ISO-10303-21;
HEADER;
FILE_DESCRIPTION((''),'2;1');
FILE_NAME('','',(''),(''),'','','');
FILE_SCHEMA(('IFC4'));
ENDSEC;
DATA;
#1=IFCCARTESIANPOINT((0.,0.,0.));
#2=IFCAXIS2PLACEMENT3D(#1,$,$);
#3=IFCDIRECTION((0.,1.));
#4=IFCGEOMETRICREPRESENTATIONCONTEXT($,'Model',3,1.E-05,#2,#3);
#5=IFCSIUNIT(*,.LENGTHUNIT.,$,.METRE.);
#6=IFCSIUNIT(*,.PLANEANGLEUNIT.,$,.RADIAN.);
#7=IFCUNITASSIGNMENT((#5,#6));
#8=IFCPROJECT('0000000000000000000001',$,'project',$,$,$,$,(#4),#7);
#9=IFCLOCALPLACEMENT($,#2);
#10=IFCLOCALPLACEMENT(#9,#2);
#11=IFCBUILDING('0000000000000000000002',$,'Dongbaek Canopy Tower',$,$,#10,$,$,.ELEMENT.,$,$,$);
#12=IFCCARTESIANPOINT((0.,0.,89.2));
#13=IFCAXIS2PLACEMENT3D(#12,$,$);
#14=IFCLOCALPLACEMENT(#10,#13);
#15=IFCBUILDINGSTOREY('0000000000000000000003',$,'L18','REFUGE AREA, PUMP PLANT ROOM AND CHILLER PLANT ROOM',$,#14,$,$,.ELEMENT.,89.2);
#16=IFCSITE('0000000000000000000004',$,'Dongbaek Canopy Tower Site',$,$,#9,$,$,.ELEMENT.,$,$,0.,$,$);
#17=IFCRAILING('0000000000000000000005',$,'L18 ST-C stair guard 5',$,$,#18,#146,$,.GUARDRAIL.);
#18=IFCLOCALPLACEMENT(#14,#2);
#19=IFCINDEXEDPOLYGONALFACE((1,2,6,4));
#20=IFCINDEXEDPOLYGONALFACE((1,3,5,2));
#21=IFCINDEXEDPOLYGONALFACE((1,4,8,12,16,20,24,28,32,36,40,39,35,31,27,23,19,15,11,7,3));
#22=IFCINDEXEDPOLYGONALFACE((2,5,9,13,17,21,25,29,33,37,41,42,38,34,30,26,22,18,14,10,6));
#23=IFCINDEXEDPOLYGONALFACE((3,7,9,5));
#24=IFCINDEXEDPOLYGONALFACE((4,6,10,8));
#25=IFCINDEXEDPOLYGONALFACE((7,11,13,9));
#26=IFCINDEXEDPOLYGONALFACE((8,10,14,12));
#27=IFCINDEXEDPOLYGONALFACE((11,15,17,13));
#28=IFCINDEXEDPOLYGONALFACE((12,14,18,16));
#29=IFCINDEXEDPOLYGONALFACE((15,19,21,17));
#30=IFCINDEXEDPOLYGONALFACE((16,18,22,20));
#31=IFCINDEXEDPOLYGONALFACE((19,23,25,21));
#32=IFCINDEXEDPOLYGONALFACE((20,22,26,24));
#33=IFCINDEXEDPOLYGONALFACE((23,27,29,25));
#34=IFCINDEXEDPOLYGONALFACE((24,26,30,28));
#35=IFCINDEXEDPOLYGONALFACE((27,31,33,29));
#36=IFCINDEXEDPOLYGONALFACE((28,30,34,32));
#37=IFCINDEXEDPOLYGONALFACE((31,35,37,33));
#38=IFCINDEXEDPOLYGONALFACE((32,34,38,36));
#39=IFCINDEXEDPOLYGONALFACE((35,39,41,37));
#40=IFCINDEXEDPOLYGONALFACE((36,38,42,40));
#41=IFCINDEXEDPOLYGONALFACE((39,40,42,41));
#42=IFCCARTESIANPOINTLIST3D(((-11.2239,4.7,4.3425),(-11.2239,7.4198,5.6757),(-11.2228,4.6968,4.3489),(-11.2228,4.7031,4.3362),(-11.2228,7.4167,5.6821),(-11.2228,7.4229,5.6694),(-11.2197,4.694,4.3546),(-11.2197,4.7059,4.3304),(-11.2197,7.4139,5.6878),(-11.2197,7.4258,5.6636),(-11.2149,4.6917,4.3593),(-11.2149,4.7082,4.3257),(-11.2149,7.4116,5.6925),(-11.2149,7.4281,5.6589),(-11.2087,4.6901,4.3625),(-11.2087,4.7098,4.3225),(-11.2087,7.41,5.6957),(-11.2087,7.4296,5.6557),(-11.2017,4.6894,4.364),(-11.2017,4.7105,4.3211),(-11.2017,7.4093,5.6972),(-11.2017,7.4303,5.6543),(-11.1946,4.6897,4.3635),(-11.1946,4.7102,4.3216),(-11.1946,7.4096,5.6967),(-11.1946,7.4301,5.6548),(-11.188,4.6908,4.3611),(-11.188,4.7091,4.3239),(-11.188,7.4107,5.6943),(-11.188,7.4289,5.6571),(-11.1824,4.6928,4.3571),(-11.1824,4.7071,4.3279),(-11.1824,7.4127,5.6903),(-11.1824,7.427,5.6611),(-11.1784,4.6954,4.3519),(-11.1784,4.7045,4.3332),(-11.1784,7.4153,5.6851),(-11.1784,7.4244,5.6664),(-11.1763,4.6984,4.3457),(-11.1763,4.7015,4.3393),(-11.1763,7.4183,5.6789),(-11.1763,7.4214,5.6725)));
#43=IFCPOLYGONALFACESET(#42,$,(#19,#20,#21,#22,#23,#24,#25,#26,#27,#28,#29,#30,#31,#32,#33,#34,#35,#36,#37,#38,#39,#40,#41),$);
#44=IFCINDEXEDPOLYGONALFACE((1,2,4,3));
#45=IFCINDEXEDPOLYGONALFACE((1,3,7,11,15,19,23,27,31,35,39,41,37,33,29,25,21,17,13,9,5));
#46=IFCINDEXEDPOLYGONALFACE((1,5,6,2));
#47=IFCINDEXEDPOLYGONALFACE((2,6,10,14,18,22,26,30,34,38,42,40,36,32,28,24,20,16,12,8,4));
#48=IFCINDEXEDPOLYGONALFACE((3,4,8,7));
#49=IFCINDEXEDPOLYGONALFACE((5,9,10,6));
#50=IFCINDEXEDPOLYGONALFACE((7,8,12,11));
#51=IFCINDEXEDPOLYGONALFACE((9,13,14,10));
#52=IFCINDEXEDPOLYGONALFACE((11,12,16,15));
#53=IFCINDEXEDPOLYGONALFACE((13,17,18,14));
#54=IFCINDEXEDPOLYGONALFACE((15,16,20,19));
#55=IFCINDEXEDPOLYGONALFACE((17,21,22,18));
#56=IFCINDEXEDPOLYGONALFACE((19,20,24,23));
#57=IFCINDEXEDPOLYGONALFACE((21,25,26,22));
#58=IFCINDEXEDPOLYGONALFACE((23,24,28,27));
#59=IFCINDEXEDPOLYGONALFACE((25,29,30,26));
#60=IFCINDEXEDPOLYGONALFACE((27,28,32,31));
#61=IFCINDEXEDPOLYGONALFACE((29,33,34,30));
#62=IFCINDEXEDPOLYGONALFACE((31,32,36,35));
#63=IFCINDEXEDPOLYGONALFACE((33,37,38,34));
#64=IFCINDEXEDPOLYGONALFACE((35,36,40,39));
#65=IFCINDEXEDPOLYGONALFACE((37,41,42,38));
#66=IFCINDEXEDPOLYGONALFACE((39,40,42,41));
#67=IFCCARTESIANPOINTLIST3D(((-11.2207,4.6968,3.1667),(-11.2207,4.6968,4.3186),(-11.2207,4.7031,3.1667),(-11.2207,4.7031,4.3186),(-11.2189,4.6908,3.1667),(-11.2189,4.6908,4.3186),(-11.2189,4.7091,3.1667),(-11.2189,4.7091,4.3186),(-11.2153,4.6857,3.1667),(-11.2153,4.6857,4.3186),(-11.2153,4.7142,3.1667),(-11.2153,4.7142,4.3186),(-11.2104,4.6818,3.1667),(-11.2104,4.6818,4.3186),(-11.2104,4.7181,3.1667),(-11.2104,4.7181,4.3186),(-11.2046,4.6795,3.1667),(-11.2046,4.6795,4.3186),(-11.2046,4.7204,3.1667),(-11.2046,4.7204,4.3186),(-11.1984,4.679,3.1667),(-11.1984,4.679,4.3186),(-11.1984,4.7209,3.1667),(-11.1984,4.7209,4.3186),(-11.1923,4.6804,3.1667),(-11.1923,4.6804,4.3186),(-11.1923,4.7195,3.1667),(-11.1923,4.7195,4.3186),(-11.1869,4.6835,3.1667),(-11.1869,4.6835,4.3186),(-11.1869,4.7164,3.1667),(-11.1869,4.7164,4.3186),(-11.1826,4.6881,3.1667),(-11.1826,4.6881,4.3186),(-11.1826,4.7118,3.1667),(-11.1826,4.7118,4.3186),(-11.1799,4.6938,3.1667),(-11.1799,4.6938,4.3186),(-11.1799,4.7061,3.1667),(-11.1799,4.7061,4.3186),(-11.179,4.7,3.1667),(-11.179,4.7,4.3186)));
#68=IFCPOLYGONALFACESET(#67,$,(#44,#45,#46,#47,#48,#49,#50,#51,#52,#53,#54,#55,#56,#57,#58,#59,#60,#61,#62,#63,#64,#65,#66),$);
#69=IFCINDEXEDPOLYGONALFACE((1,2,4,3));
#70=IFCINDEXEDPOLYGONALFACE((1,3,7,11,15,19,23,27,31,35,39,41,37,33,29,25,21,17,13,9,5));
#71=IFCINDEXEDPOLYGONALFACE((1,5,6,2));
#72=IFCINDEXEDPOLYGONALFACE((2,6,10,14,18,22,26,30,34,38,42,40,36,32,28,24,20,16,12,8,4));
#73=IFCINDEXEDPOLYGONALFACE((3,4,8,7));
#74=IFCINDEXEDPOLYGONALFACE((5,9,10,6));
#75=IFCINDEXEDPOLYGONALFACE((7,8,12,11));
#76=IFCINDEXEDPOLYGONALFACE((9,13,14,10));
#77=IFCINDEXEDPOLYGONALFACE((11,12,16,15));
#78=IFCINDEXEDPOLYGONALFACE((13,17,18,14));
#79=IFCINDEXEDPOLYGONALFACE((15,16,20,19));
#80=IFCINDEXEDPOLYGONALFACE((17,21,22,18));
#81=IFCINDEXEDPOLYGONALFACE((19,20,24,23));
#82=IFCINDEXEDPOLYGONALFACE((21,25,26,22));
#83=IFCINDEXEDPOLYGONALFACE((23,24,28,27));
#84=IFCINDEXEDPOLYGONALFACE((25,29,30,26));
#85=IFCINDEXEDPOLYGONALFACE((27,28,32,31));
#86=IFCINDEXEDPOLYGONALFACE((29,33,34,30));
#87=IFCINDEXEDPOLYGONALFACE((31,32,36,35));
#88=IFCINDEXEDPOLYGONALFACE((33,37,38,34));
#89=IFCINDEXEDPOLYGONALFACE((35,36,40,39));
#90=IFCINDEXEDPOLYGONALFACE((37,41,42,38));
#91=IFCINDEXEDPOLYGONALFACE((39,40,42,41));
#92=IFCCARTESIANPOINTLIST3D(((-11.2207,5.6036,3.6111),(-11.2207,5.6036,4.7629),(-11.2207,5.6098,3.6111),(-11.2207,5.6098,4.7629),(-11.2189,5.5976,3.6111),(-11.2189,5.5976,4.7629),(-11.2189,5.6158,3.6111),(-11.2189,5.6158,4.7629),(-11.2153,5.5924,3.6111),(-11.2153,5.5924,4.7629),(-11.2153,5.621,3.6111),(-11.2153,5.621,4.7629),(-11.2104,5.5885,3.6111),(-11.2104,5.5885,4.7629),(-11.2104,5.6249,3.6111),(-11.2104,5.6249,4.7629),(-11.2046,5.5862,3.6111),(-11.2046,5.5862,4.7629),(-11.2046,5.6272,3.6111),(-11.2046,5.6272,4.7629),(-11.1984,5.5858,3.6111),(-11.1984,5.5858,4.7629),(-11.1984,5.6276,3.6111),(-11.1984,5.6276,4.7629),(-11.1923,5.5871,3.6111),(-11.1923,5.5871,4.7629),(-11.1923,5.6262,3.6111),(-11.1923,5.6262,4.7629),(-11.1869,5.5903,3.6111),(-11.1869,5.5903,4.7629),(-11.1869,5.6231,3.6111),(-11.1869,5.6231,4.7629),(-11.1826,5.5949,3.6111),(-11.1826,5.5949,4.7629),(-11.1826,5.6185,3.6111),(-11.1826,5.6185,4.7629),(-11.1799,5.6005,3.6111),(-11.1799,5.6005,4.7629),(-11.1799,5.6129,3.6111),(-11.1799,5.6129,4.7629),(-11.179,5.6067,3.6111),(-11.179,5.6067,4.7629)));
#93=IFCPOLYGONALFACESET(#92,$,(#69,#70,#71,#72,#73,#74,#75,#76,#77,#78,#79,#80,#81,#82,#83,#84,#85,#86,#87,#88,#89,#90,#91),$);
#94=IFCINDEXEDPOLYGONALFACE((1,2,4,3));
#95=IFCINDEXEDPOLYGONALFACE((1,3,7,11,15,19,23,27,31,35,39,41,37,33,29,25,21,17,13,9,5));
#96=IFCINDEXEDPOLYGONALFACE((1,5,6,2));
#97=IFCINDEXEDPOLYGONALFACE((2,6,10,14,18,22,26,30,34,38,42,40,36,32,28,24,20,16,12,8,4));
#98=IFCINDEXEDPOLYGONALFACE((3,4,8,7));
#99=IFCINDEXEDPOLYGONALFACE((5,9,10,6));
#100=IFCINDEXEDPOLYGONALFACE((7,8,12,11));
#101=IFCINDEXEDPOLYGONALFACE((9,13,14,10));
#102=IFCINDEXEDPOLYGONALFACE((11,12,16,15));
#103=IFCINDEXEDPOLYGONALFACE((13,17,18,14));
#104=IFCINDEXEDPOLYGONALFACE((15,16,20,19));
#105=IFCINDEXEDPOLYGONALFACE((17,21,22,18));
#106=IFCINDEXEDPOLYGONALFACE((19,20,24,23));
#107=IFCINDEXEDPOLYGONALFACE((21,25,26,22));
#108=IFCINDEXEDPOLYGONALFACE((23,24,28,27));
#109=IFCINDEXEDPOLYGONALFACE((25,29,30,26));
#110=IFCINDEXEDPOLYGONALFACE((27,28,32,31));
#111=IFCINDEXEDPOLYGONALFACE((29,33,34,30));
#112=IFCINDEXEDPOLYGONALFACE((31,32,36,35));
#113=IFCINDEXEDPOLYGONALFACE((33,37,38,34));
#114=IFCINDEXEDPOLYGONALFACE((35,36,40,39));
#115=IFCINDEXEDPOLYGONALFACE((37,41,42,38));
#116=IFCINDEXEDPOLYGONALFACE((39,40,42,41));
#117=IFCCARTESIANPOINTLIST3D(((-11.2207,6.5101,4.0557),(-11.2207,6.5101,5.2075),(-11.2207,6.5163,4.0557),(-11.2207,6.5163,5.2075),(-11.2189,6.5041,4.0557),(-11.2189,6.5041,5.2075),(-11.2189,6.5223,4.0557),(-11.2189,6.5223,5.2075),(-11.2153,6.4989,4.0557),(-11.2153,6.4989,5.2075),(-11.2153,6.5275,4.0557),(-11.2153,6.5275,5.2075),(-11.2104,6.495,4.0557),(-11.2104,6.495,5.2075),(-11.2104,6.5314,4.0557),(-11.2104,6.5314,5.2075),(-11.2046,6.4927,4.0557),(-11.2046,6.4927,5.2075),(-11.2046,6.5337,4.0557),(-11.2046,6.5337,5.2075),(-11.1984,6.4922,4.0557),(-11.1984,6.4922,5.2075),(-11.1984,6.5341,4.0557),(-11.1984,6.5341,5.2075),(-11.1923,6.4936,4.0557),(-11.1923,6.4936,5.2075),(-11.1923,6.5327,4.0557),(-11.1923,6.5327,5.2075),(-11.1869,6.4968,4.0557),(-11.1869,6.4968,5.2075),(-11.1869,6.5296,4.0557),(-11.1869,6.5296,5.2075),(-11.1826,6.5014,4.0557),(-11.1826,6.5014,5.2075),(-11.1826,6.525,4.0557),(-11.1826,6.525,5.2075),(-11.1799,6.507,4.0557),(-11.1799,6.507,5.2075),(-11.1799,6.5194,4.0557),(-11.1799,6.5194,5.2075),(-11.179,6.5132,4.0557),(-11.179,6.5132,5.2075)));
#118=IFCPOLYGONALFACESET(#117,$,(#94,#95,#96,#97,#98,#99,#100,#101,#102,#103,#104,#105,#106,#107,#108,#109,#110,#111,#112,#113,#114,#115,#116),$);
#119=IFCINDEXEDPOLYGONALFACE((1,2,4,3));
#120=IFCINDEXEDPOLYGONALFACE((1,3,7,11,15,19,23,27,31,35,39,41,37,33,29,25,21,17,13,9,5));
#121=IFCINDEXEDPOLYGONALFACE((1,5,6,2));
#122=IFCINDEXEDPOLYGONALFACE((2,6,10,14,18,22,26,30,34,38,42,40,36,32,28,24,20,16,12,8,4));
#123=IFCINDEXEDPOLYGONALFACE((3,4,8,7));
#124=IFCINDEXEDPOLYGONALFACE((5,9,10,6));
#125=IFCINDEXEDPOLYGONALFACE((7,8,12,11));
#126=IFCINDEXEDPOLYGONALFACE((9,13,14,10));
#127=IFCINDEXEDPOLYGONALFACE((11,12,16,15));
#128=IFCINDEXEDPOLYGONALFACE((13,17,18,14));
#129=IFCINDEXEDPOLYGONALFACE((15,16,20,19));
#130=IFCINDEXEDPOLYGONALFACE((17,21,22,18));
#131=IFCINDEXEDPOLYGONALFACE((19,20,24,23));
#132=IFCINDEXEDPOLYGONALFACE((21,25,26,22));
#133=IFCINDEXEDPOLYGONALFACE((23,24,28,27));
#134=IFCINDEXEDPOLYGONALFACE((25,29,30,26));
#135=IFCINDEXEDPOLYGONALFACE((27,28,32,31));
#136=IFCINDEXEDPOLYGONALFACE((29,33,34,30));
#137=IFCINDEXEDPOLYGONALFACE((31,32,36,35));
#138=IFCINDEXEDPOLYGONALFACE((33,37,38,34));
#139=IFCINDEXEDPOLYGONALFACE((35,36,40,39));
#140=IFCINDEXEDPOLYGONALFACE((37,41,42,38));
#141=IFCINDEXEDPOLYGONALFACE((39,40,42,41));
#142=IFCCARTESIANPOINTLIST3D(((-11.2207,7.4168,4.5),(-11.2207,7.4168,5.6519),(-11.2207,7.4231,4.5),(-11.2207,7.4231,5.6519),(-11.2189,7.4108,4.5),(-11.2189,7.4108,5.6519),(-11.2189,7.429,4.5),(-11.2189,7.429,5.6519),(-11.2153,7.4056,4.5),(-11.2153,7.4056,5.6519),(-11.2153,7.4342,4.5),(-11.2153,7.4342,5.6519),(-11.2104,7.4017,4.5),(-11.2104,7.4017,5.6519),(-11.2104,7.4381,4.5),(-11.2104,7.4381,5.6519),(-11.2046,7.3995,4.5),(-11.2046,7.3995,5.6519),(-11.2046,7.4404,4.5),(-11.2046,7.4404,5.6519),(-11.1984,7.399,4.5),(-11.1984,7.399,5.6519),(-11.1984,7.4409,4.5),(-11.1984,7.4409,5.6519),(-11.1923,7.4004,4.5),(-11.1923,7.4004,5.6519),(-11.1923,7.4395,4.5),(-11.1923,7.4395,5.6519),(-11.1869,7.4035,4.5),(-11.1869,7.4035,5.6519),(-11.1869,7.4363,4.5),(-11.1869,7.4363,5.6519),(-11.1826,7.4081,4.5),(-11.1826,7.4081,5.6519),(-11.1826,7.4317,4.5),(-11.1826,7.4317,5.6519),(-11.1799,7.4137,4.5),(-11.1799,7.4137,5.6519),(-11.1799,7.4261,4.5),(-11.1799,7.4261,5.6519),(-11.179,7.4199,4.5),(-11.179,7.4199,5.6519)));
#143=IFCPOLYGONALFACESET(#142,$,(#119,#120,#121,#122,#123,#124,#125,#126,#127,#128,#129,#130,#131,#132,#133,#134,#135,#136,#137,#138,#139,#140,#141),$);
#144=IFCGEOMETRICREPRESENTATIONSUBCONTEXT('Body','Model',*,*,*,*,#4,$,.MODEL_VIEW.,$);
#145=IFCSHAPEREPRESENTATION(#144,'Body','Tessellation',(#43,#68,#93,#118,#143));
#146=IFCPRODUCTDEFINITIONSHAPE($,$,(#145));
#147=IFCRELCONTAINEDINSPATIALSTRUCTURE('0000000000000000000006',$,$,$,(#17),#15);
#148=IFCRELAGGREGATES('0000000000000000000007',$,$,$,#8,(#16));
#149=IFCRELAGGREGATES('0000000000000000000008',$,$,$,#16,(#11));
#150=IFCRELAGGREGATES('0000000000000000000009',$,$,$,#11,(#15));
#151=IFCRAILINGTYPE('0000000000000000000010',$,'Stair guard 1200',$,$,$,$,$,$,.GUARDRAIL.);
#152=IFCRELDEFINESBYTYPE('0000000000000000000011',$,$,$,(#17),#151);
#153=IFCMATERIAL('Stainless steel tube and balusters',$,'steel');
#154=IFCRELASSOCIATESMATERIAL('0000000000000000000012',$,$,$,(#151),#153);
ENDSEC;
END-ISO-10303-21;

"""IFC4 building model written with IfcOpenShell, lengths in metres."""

from ifc_helpers import new_model, si_unit, direction, frame, origin, origin_2d, place, context, subcontext, project, spatial, circle, extrude, material, type_object, element, save


model = new_model("IFC4")

# Units and contexts
model_context = context("Model", 3, precision=1e-05, world=origin(), true_north=direction((0.0, 1.0)))
body_context = subcontext(model_context, "Body", "Model", "MODEL_VIEW")
ifc_project = project(units=[si_unit("LENGTHUNIT", "METRE"), si_unit("PLANEANGLEUNIT", "RADIAN")], contexts=[model_context])

# Site, building, storey
site_placement = place(None, origin())
site = spatial("IfcSite", under=ifc_project, at=site_placement, Name="Dongbaek Canopy Tower Site", CompositionType="ELEMENT", RefElevation=0.0)
building_placement = place(site_placement, origin())
building = spatial("IfcBuilding", under=site, at=building_placement, Name="Dongbaek Canopy Tower", CompositionType="ELEMENT")
storey_placement = place(building_placement, frame((0.0, 0.0, 89.2)))
storey = spatial("IfcBuildingStorey", under=building, at=storey_placement, Name="L18", Description="REFUGE AREA, PUMP PLANT ROOM AND CHILLER PLANT ROOM", CompositionType="ELEMENT", Elevation=89.2)

# Railing
ifc_material_1 = material(Name="Stainless steel tube and balusters", Category="steel")
railing_type_1 = type_object("IfcRailingType", Name="Stair guard 1200", PredefinedType="GUARDRAIL", material=ifc_material_1)
railing_1_placement = place(storey_placement, frame((-11.2, 4.7, 3.1667)))
element("IfcRailing", 1, at=railing_1_placement, inside=storey, type_object=railing_type_1, Name="L18 ST-C stair guard 5", PredefinedType="GUARDRAIL", context=body_context, shape_type="SweptSolid", body=[
    extrude(circle(Radius=0.0239, at=origin_2d()), frame((0.0, 0.0, 1.1758), z_axis=(0.0, 0.897929, 0.440139), x_axis=(-1.0, 0.0, 0.0)), (0.0, 0.0, 1.0), 3.0291),
    extrude(circle(Radius=0.021, at=origin_2d()), origin(), (0.0, 0.0, 1.0), 1.1519),
    extrude(circle(Radius=0.021, at=origin_2d()), frame((0.0, 0.9067, 0.4443)), (0.0, 0.0, 1.0), 1.1519),
    extrude(circle(Radius=0.021, at=origin_2d()), frame((0.0, 1.8132, 0.8889)), (0.0, 0.0, 1.0), 1.1519),
    extrude(circle(Radius=0.021, at=origin_2d()), frame((0.0, 2.72, 1.3333)), (0.0, 0.0, 1.0), 1.1519),
])

save(model, "model.ifc")
